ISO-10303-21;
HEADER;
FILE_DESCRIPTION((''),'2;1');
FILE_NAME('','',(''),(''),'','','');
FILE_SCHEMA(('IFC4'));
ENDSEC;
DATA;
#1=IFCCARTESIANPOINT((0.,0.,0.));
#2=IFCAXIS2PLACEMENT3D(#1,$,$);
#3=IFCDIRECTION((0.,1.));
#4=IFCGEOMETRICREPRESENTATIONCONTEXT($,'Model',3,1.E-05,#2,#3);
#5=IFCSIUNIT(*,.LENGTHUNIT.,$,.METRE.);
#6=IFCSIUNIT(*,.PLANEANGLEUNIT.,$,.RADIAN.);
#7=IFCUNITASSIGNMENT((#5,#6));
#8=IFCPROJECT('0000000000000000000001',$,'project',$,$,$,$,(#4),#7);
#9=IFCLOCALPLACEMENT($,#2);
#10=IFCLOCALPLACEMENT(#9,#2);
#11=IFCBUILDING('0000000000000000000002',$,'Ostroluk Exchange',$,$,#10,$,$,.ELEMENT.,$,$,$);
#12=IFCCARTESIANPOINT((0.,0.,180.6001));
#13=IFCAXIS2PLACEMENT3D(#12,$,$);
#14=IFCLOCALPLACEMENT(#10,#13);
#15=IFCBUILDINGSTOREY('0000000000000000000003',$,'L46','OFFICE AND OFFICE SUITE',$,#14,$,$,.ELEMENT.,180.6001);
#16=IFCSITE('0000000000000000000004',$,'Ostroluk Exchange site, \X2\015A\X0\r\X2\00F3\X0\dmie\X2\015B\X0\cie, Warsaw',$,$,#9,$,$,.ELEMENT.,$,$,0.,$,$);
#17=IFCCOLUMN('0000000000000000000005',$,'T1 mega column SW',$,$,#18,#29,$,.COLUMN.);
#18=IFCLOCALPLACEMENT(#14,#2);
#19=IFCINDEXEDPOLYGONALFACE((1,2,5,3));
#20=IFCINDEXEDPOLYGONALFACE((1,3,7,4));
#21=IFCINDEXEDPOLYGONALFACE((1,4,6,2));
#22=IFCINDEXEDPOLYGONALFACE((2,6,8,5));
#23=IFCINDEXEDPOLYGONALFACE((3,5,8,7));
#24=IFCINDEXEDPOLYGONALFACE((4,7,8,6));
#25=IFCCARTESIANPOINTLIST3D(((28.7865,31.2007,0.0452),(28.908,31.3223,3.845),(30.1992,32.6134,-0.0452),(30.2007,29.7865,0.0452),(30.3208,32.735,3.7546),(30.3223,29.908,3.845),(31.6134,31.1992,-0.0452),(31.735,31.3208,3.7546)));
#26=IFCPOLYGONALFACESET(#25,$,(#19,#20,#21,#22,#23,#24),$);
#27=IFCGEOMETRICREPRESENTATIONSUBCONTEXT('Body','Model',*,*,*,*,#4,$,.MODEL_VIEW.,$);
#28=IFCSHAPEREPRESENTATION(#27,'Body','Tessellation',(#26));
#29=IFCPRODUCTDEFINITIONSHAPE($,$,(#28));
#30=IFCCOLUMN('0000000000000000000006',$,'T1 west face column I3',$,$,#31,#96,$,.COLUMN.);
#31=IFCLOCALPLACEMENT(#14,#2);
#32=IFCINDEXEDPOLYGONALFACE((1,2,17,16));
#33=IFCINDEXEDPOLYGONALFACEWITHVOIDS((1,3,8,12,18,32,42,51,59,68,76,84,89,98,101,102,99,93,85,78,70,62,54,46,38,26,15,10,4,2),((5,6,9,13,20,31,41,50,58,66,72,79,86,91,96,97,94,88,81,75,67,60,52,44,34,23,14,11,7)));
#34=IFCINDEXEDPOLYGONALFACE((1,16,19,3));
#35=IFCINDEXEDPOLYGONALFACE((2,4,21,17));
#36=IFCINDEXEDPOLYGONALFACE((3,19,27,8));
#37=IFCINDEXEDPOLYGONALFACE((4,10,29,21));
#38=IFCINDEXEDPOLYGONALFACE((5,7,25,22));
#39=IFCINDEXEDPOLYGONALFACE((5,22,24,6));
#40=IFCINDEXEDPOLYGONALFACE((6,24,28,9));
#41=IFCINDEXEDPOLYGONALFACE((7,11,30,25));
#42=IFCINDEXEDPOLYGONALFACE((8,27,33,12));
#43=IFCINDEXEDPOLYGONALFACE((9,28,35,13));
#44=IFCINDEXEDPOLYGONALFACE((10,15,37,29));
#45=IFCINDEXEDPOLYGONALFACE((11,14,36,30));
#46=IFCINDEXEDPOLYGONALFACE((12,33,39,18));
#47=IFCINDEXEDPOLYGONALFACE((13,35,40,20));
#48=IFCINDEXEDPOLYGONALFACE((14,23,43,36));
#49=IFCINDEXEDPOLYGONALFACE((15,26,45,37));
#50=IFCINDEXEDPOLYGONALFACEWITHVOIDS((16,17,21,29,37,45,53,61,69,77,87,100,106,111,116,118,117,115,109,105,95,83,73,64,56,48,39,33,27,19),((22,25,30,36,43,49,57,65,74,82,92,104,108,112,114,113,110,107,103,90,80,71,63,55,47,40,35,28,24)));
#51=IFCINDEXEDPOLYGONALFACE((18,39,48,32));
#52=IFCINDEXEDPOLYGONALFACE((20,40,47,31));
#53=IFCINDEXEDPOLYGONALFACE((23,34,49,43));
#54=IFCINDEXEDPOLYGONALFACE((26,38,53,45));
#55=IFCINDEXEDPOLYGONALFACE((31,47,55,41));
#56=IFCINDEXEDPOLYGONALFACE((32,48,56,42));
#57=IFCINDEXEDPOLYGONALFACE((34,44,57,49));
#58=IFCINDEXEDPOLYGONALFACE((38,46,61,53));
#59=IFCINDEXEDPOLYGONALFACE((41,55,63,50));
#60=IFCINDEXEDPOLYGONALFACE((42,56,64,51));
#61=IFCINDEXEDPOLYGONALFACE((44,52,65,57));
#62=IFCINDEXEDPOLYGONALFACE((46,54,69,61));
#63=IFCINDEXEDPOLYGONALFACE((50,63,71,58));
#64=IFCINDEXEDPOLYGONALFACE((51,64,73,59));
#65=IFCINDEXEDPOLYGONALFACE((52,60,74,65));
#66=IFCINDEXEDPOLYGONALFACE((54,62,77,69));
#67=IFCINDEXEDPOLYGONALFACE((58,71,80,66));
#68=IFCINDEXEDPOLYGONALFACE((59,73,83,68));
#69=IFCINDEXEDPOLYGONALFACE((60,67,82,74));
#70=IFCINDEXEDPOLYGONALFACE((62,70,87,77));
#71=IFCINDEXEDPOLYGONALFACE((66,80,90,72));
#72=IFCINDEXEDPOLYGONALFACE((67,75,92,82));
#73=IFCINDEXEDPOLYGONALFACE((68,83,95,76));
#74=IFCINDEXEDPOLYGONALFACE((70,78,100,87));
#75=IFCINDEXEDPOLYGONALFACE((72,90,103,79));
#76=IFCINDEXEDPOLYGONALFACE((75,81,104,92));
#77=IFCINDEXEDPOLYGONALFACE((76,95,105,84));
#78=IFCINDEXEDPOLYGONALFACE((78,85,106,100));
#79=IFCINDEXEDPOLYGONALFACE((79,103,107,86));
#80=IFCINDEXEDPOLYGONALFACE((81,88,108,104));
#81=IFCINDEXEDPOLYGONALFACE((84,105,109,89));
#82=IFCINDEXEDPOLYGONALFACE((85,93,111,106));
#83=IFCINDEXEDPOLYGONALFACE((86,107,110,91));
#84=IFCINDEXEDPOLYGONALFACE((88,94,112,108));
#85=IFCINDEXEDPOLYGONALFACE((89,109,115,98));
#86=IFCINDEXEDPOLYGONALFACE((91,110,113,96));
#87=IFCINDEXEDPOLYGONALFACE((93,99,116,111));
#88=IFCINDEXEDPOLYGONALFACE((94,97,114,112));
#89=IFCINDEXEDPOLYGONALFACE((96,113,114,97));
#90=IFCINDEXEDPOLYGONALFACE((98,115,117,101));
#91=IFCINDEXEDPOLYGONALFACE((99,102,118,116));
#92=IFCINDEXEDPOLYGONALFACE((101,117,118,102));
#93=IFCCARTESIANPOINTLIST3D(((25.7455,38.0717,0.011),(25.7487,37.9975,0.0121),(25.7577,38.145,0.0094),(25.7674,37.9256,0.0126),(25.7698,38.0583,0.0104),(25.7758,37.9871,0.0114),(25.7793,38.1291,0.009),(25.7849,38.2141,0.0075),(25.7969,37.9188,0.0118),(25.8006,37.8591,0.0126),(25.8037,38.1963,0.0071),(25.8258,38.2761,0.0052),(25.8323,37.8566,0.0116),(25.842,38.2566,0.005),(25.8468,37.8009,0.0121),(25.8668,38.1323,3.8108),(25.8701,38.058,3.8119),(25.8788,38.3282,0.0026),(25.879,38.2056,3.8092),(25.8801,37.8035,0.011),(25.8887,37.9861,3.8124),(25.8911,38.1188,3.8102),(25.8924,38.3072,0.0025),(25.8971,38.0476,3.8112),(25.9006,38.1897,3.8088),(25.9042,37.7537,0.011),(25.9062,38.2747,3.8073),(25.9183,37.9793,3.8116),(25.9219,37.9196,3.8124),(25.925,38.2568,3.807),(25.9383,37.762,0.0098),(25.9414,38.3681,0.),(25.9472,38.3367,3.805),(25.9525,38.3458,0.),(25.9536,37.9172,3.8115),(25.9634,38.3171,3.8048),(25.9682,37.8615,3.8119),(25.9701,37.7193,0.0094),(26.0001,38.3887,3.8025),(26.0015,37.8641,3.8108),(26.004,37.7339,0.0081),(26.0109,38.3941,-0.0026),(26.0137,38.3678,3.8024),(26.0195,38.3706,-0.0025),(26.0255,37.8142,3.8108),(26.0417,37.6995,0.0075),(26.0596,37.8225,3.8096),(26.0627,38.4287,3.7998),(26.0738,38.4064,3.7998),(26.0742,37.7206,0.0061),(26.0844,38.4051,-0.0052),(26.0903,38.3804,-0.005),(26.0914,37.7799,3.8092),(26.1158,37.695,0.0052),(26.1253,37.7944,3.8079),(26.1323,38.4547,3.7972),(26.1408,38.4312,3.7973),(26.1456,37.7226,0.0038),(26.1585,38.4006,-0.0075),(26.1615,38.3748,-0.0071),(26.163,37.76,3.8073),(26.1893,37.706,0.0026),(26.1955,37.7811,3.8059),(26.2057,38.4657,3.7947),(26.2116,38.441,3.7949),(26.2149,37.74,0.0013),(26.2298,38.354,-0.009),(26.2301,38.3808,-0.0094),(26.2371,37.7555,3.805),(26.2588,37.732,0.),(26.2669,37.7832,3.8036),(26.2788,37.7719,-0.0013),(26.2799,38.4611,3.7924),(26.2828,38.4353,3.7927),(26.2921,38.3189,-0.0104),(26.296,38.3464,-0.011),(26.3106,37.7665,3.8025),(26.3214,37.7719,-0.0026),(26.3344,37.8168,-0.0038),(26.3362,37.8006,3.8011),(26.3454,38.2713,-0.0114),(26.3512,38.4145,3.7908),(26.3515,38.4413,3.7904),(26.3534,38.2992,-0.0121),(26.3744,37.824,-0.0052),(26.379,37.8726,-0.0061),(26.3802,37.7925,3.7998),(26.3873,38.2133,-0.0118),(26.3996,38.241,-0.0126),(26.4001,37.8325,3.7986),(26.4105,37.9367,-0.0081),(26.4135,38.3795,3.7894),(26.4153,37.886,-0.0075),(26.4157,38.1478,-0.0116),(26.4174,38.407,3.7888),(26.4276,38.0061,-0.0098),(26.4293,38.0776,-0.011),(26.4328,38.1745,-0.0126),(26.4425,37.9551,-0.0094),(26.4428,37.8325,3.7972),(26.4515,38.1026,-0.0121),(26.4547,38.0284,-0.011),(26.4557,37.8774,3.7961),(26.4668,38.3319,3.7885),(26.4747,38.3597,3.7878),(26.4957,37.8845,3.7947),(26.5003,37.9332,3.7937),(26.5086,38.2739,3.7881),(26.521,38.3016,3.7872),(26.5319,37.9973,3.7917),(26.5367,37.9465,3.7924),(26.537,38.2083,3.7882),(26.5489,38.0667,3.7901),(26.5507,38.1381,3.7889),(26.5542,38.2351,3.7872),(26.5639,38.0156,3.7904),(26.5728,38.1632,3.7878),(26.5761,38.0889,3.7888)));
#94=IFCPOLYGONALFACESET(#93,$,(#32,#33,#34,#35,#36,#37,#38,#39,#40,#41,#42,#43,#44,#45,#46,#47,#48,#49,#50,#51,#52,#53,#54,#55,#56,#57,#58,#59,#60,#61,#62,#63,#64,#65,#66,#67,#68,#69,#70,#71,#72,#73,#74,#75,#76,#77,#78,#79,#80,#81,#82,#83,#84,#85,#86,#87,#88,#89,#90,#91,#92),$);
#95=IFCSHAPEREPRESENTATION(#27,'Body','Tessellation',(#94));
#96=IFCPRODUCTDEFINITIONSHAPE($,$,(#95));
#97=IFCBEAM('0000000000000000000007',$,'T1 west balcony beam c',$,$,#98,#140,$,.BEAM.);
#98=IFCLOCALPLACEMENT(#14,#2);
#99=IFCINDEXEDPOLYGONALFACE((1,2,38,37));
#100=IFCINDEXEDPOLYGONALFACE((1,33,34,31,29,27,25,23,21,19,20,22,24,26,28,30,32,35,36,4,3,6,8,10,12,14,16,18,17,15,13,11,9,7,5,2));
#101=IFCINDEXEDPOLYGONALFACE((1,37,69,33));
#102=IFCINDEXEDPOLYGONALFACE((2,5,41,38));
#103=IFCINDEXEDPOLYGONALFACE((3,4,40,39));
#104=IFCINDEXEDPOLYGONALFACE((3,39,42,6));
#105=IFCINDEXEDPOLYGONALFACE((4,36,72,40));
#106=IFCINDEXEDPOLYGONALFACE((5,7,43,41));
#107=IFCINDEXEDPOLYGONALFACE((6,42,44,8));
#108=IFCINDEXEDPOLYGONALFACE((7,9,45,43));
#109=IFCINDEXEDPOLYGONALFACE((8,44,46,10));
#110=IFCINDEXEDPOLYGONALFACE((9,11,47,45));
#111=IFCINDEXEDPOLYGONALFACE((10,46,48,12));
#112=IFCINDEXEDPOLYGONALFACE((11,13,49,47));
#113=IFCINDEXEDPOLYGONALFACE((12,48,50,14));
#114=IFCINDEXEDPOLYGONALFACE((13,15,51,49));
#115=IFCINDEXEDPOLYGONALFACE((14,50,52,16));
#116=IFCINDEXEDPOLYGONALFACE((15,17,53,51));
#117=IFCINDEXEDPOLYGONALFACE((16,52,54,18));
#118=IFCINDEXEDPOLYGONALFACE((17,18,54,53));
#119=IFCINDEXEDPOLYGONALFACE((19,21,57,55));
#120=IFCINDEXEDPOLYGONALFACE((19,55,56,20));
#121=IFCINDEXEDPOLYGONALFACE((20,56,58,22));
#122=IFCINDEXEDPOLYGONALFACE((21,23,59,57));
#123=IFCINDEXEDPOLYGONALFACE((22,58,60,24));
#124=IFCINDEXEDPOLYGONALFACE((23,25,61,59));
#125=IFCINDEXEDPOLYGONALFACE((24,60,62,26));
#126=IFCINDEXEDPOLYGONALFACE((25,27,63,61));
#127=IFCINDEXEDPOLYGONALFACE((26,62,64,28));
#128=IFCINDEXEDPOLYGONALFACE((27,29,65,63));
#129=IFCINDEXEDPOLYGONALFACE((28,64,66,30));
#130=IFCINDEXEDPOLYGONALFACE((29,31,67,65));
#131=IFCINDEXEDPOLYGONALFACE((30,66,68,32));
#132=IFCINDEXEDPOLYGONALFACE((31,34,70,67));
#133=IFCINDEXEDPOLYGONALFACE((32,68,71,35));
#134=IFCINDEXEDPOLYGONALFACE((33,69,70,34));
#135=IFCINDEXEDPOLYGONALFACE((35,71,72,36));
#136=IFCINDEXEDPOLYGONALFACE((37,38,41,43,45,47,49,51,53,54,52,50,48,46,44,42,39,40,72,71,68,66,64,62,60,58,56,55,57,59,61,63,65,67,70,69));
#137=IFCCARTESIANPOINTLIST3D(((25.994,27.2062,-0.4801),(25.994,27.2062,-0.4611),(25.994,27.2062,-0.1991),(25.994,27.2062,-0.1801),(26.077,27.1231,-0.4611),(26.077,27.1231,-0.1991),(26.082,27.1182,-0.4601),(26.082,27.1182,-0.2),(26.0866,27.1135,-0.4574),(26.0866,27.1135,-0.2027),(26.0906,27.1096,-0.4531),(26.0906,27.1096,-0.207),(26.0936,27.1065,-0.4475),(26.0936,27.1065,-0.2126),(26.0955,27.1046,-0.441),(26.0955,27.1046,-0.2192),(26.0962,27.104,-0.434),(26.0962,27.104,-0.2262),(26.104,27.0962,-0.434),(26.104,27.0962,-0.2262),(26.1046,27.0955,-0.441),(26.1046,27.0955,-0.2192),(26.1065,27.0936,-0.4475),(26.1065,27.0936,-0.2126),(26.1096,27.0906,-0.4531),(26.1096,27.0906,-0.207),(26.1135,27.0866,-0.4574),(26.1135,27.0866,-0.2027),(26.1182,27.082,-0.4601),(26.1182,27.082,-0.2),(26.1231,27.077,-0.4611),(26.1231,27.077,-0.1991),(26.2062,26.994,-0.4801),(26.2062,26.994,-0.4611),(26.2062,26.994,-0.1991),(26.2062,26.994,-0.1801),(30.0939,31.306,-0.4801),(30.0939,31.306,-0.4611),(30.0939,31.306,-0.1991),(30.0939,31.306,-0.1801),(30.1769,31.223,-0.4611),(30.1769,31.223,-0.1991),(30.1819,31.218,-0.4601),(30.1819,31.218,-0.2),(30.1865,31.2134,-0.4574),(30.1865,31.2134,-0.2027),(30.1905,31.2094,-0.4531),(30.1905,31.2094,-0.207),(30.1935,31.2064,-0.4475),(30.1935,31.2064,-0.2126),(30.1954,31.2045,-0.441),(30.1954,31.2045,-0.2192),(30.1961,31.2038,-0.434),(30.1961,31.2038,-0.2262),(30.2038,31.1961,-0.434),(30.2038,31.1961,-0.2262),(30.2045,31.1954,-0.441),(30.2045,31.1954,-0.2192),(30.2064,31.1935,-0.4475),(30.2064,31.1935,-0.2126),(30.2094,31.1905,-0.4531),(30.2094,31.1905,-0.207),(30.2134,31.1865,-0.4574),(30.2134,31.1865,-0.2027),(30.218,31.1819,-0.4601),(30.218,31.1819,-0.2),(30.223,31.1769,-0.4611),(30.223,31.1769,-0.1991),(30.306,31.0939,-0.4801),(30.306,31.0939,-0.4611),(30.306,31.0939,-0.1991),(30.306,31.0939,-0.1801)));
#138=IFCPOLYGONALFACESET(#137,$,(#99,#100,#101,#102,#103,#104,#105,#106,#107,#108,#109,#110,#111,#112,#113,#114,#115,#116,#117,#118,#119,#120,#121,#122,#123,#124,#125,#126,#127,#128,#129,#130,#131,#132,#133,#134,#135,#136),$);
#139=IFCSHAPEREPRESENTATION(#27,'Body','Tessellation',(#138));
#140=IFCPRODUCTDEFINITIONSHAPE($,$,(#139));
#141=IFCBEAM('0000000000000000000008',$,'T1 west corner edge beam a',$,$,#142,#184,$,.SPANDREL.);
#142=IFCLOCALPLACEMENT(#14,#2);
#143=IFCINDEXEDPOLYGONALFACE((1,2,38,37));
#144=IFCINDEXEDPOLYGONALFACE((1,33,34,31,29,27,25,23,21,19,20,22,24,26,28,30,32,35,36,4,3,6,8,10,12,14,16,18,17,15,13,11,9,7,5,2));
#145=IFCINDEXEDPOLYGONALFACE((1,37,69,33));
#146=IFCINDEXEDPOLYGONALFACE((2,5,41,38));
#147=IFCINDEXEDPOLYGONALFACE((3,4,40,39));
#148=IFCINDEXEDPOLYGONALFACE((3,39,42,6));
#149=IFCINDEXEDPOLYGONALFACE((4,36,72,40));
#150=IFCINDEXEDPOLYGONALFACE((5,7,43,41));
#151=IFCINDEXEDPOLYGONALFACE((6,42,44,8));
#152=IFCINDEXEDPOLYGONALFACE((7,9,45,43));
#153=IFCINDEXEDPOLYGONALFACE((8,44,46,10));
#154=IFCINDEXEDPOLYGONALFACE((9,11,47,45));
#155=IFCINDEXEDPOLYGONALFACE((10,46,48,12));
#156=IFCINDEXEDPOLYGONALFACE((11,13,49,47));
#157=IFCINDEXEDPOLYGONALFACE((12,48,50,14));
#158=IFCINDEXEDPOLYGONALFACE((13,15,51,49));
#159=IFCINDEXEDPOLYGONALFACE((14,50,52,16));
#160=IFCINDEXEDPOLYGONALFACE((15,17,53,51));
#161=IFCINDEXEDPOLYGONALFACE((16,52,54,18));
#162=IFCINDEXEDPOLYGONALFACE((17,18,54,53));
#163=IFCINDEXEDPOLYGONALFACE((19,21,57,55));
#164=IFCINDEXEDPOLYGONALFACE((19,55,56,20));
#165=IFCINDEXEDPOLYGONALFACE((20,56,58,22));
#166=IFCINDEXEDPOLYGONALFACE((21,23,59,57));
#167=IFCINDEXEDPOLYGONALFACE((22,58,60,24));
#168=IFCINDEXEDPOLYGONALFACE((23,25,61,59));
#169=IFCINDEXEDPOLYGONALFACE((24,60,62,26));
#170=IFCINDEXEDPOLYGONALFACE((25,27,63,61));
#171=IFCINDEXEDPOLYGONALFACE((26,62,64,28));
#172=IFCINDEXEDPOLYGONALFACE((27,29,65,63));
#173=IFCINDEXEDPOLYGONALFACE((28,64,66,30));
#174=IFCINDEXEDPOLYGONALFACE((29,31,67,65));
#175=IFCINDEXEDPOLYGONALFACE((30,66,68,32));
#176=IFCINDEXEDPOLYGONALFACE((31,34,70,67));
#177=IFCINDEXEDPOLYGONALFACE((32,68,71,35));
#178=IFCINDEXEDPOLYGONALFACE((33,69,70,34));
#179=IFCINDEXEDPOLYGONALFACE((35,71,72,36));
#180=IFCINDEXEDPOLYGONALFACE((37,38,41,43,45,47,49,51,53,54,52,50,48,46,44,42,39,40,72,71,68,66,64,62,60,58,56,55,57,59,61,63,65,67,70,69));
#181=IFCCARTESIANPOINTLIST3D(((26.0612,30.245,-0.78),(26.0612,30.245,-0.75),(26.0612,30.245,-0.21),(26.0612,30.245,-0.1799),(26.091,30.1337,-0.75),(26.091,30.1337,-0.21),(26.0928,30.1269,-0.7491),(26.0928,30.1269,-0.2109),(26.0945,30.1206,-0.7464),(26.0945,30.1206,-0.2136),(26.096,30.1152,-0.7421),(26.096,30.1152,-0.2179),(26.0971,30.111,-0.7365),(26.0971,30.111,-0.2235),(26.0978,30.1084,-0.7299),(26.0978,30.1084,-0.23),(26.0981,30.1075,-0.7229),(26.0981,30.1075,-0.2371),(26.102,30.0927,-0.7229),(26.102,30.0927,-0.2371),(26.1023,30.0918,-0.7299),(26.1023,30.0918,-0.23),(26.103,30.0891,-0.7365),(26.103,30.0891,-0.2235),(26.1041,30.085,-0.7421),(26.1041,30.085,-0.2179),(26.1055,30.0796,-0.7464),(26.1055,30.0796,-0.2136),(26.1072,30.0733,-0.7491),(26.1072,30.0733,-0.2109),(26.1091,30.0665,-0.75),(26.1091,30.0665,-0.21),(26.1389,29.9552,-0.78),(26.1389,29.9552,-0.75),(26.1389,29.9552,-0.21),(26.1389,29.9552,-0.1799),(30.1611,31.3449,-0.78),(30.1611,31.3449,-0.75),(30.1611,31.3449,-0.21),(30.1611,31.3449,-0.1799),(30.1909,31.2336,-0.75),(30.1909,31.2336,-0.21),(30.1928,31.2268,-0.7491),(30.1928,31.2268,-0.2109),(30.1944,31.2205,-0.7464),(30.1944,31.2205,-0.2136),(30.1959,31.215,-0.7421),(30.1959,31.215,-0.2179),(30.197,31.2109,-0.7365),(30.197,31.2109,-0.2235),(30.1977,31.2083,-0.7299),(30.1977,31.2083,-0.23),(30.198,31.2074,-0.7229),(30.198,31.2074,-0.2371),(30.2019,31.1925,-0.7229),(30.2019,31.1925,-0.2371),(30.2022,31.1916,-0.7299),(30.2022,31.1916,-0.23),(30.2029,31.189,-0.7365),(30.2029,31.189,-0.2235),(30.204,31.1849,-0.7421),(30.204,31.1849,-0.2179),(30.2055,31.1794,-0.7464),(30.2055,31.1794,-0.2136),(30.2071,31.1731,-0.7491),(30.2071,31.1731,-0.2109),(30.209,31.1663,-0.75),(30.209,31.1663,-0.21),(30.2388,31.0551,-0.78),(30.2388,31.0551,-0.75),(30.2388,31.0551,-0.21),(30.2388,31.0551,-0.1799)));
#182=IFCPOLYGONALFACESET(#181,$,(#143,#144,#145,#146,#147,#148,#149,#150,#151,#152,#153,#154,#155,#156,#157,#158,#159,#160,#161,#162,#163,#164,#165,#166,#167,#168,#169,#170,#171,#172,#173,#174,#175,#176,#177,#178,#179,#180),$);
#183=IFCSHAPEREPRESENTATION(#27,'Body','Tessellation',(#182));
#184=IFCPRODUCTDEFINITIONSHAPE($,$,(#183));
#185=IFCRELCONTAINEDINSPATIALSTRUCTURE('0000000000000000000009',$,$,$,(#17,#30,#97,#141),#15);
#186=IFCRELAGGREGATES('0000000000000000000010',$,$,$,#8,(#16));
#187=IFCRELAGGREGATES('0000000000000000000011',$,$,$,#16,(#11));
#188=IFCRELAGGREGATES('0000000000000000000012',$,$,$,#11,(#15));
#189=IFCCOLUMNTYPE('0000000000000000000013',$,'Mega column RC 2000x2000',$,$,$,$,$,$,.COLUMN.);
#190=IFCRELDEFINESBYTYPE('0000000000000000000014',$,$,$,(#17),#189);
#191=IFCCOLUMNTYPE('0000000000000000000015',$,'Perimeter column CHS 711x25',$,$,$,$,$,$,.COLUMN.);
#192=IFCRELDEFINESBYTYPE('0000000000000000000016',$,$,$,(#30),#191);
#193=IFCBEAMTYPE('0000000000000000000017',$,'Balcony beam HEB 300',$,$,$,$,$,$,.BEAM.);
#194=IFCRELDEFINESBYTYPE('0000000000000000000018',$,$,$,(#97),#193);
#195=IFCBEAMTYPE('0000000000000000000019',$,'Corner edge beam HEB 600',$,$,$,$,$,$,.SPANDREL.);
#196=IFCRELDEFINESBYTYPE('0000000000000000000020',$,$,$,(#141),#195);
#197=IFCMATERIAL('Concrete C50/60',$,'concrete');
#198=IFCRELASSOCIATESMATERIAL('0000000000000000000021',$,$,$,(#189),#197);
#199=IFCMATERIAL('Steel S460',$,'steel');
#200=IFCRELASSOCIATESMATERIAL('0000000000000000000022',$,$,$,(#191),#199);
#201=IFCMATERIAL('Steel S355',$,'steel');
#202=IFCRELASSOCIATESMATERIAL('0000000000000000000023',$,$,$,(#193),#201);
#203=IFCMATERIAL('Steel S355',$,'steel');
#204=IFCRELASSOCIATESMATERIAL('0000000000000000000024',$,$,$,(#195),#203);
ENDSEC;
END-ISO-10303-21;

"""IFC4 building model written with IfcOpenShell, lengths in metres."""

from ifc_helpers import new_model, si_unit, direction, frame, origin, origin_2d, place, context, subcontext, project, spatial, rectangle, hollow_circle, i_section, extrude, material, material_profile, profile_set, type_object, element, save


model = new_model("IFC4")

# Units and contexts
model_context = context("Model", 3, precision=1e-05, world=origin(), true_north=direction((0.0, 1.0)))
body_context = subcontext(model_context, "Body", "Model", "MODEL_VIEW")
ifc_project = project(units=[si_unit("LENGTHUNIT", "METRE"), si_unit("PLANEANGLEUNIT", "RADIAN")], contexts=[model_context])

# Site, building, storey
site_placement = place(None, origin())
site = spatial("IfcSite", under=ifc_project, at=site_placement, Name="Ostroluk Exchange site, Śródmieście, Warsaw", CompositionType="ELEMENT", RefElevation=0.0)
building_placement = place(site_placement, origin())
building = spatial("IfcBuilding", under=site, at=building_placement, Name="Ostroluk Exchange", CompositionType="ELEMENT")
storey_placement = place(building_placement, frame((0.0, 0.0, 180.6001)))
storey = spatial("IfcBuildingStorey", under=building, at=storey_placement, Name="L46", Description="OFFICE AND OFFICE SUITE", CompositionType="ELEMENT", Elevation=180.6001)

# Columns
ifc_material_1 = material(Name="Concrete C50/60", Category="concrete")
ifc_material_profile_1 = material_profile(ifc_material_1, rectangle(XDim=2.0, YDim=2.0, at=origin_2d()), Name="RC 2000x2000")
ifc_profile_set_1 = profile_set([ifc_material_profile_1], Name="Concrete C50/60")
column_type_1 = type_object("IfcColumnType", Name="Mega column RC 2000x2000", PredefinedType="COLUMN", material=ifc_profile_set_1)
column_1_placement = place(storey_placement, frame((30.2, 31.2, 0.0), z_axis=(0.031964, 0.031964, 0.998978), x_axis=(-0.707107, 0.707107, 0.0)))
element("IfcColumn", 1, at=column_1_placement, inside=storey, type_object=column_type_1, Name="T1 mega column SW", PredefinedType="COLUMN", context=body_context, shape_type="SweptSolid", body=[
    extrude(rectangle(XDim=2.0, YDim=2.0, at=origin_2d()), origin(), (0.0, 0.0, 1.0), 3.8037),
])
ifc_material_2 = material(Name="Steel S460", Category="steel")
ifc_material_profile_2 = material_profile(ifc_material_2, hollow_circle(Radius=0.3555, WallThickness=0.0249, at=origin_2d()), Name="CHS 711x25")
ifc_profile_set_2 = profile_set([ifc_material_profile_2], Name="Steel S460")
column_type_2 = type_object("IfcColumnType", Name="Perimeter column CHS 711x25", PredefinedType="COLUMN", material=ifc_profile_set_2)
column_2_placement = place(storey_placement, frame((26.1001, 38.05, 0.0), z_axis=(0.031912, 0.015924, 0.999364), x_axis=(-0.446493, 0.894787, 0.0)))
element("IfcColumn", 2, at=column_2_placement, inside=storey, type_object=column_type_2, Name="T1 west face column I3", PredefinedType="COLUMN", context=body_context, shape_type="SweptSolid", body=[
    extrude(hollow_circle(Radius=0.3555, WallThickness=0.0249, at=origin_2d()), origin(), (0.0, 0.0, 1.0), 3.8022),
])

# Beams
ifc_material_3 = material(Name="Steel S355", Category="steel")
ifc_material_profile_3 = material_profile(ifc_material_3, i_section(OverallWidth=0.3, OverallDepth=0.3, WebThickness=0.011, FlangeThickness=0.019, FilletRadius=0.0271, at=origin_2d()), Name="HEB 300")
ifc_profile_set_3 = profile_set([ifc_material_profile_3], Name="Steel S355")
beam_type_1 = type_object("IfcBeamType", Name="Balcony beam HEB 300", PredefinedType="BEAM", material=ifc_profile_set_3)
beam_1_placement = place(storey_placement, frame((30.2, 31.2, -0.3301), z_axis=(-0.707107, -0.707107, 0.0), x_axis=(0.707107, -0.707107, 0.0)))
element("IfcBeam", 3, at=beam_1_placement, inside=storey, type_object=beam_type_1, Name="T1 west balcony beam c", PredefinedType="BEAM", context=body_context, shape_type="SweptSolid", body=[
    extrude(i_section(OverallWidth=0.3, OverallDepth=0.3, WebThickness=0.011, FlangeThickness=0.019, FilletRadius=0.0271, at=origin_2d()), origin(), (0.0, 0.0, 1.0), 5.7981),
])
ifc_material_4 = material(Name="Steel S355", Category="steel")
ifc_material_profile_4 = material_profile(ifc_material_4, i_section(OverallWidth=0.3, OverallDepth=0.6001, WebThickness=0.0154, FlangeThickness=0.03, FilletRadius=0.0271, at=origin_2d()), Name="HEB 600")
ifc_profile_set_4 = profile_set([ifc_material_profile_4], Name="Steel S355")
beam_type_2 = type_object("IfcBeamType", Name="Corner edge beam HEB 600", PredefinedType="SPANDREL", material=ifc_profile_set_4)
for number, where, z_axis, x_axis, name in (
    (4, (30.2, 31.2, -0.48), (-0.965849, -0.259105, 0.0), (0.259105, -0.965849, 0.0), "T1 west corner edge beam a"),
):
    element("IfcBeam", number, at=place(storey_placement, frame(where, z_axis=z_axis, x_axis=x_axis)), inside=storey, type_object=beam_type_2, Name=name, PredefinedType="SPANDREL", context=body_context, shape_type="SweptSolid", body=[
        extrude(i_section(OverallWidth=0.3, OverallDepth=0.6001, WebThickness=0.0154, FlangeThickness=0.03, FilletRadius=0.0271, at=origin_2d()), origin(), (0.0, 0.0, 1.0), 4.2449),
    ])

save(model, "model.ifc")
